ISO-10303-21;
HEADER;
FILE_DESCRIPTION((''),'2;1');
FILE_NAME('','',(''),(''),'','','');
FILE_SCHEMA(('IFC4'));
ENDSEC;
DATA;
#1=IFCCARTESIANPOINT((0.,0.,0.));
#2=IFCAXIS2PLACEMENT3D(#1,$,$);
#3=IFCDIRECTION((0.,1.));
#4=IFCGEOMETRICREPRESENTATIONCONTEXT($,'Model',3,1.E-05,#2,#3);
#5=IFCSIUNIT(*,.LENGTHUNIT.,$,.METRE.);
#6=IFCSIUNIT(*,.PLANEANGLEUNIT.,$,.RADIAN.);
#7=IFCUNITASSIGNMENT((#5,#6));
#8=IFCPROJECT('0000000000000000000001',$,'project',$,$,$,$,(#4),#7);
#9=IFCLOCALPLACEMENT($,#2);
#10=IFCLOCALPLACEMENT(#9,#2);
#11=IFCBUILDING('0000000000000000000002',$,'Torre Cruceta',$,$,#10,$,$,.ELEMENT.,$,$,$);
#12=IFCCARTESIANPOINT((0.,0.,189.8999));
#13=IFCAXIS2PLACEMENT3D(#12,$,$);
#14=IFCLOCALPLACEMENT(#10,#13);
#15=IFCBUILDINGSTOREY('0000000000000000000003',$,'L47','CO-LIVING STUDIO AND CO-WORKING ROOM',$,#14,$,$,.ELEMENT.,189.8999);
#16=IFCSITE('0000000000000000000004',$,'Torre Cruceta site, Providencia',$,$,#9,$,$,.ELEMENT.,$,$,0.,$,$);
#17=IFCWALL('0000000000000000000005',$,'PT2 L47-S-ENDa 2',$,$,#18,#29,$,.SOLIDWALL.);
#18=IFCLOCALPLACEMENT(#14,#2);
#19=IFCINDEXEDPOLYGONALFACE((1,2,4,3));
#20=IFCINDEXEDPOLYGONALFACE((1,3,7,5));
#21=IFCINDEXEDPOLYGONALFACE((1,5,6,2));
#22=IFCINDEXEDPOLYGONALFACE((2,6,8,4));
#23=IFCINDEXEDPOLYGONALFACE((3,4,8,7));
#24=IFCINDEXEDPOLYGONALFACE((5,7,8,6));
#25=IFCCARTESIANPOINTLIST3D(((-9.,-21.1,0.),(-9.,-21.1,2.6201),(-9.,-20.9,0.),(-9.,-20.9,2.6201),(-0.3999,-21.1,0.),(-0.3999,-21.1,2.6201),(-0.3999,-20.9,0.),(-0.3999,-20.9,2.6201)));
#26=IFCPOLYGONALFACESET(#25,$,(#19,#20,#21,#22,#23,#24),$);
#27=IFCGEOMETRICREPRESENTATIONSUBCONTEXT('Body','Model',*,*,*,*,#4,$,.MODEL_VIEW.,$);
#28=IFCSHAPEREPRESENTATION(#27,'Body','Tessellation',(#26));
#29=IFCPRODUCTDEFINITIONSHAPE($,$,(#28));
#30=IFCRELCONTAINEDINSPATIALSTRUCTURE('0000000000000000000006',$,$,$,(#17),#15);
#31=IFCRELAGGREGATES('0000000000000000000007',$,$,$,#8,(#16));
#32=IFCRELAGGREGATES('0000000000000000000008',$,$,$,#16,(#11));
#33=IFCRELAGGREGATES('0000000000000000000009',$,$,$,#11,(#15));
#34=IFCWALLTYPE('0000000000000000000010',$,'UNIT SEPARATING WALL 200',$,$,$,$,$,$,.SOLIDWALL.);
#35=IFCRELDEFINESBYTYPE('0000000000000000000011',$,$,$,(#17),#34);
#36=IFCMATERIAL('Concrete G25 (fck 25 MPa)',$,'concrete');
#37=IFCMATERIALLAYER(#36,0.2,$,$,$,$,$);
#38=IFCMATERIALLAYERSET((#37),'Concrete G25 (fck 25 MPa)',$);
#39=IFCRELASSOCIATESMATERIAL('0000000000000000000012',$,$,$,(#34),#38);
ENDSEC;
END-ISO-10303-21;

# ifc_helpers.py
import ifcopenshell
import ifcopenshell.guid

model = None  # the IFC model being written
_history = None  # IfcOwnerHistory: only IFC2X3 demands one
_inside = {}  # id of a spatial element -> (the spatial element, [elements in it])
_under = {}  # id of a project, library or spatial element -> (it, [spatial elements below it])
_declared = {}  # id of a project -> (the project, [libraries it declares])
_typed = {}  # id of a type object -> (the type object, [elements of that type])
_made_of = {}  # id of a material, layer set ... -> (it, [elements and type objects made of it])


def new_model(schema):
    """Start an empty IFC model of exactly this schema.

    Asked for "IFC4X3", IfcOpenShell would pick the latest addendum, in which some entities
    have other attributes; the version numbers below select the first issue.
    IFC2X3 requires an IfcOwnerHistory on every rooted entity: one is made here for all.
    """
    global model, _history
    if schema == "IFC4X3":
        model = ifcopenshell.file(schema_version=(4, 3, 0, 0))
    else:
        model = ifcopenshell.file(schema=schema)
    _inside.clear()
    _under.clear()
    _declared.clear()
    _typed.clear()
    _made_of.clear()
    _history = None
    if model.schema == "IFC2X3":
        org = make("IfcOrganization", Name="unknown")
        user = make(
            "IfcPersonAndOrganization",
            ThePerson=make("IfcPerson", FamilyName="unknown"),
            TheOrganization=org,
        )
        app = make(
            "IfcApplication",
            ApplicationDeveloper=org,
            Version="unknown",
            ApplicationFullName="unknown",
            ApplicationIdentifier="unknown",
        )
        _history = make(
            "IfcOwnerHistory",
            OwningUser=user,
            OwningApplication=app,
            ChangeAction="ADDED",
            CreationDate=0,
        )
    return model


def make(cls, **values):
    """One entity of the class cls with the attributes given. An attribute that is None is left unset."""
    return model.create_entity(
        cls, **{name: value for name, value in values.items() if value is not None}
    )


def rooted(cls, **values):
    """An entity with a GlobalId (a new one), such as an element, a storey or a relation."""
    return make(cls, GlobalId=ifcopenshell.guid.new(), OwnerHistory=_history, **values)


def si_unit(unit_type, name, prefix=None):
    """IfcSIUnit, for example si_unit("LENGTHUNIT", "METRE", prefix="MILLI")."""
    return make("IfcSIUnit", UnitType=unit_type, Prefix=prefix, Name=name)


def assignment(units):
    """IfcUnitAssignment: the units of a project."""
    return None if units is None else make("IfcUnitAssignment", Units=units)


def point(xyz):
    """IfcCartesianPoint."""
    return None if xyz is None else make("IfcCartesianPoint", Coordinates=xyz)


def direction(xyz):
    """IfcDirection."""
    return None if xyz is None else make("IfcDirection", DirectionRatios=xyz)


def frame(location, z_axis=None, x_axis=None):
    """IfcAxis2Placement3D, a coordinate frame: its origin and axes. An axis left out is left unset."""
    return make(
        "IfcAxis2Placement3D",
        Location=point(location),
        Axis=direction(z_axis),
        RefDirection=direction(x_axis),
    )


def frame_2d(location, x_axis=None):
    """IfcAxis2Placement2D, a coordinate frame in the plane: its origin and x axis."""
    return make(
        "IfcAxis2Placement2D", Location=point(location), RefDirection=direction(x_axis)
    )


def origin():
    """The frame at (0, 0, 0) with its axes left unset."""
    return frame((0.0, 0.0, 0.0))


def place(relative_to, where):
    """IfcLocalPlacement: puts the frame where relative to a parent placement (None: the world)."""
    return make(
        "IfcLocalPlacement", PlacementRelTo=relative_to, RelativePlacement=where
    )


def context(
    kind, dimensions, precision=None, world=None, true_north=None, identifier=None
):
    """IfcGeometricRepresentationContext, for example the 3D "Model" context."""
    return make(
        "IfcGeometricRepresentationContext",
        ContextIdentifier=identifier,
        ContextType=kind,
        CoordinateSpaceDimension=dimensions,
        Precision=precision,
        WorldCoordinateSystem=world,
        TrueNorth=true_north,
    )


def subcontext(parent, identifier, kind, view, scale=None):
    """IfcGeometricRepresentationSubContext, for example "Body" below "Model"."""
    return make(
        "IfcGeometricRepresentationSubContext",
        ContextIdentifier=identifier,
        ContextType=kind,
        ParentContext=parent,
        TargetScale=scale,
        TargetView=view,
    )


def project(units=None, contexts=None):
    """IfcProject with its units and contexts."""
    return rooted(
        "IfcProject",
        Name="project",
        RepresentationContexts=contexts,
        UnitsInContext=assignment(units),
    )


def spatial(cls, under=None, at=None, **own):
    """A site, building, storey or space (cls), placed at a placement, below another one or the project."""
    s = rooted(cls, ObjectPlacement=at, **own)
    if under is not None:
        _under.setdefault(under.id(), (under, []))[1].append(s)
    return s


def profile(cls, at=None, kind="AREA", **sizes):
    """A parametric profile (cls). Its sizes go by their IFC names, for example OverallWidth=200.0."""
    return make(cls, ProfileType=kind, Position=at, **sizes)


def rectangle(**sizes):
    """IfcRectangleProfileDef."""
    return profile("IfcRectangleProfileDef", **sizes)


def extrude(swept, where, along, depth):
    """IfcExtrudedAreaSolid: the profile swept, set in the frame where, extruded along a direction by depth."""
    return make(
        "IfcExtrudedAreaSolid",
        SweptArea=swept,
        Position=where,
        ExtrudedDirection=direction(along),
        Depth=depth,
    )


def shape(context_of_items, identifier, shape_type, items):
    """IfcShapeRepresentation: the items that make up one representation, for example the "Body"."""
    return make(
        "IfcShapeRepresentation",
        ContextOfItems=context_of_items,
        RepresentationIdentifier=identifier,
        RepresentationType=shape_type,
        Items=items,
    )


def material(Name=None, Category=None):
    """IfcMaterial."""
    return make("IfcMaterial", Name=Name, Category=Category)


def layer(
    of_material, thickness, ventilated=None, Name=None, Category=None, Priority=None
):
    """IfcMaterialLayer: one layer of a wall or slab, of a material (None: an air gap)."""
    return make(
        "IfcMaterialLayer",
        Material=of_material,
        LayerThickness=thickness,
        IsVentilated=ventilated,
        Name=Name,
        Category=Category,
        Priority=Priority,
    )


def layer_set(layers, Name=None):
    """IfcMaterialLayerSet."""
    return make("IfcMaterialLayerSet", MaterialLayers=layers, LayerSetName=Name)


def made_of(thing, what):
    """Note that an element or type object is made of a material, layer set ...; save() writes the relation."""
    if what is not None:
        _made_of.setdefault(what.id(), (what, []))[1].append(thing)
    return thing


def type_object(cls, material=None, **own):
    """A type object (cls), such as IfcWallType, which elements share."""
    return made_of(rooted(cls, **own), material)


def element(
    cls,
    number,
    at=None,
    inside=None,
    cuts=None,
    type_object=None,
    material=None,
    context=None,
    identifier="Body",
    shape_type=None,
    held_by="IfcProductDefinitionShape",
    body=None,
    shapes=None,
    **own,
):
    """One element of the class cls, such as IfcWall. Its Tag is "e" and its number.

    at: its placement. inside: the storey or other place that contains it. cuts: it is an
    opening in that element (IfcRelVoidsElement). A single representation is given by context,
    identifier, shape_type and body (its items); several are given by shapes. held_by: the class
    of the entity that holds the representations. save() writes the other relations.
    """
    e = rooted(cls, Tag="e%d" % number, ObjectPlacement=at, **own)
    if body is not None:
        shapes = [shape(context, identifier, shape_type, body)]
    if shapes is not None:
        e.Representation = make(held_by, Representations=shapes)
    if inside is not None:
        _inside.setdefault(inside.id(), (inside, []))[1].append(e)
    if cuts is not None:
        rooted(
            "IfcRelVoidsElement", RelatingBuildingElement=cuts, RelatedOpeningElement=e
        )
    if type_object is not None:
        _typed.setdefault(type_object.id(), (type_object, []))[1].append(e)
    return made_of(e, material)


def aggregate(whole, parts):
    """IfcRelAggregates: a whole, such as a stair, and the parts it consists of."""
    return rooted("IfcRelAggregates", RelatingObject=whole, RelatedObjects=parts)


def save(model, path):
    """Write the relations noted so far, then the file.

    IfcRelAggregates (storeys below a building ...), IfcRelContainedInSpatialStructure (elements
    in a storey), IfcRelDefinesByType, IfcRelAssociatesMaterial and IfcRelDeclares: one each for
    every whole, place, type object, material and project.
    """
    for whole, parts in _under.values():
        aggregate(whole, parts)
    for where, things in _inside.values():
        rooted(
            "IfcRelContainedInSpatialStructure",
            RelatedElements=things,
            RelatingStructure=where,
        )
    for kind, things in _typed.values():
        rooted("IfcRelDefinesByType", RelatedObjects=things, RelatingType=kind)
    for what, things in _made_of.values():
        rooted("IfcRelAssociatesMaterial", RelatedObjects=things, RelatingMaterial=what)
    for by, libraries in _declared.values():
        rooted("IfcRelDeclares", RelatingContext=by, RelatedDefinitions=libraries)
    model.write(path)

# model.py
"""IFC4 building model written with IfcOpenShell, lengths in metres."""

from ifc_helpers import new_model, si_unit, direction, frame, frame_2d, origin, place, context, subcontext, project, spatial, rectangle, extrude, material, layer, layer_set, type_object, element, save


model = new_model("IFC4")

# Units and contexts
model_context = context("Model", 3, precision=1e-05, world=origin(), true_north=direction((0.0, 1.0)))
body_context = subcontext(model_context, "Body", "Model", "MODEL_VIEW")
ifc_project = project(units=[si_unit("LENGTHUNIT", "METRE"), si_unit("PLANEANGLEUNIT", "RADIAN")], contexts=[model_context])

# Site, building, storey
site_placement = place(None, origin())
site = spatial("IfcSite", under=ifc_project, at=site_placement, Name="Torre Cruceta site, Providencia", CompositionType="ELEMENT", RefElevation=0.0)
building_placement = place(site_placement, origin())
building = spatial("IfcBuilding", under=site, at=building_placement, Name="Torre Cruceta", CompositionType="ELEMENT")
storey_placement = place(building_placement, frame((0.0, 0.0, 189.8999)))
storey = spatial("IfcBuildingStorey", under=building, at=storey_placement, Name="L47", Description="CO-LIVING STUDIO AND CO-WORKING ROOM", CompositionType="ELEMENT", Elevation=189.8999)

# Wall
ifc_material_1 = material(Name="Concrete G25 (fck 25 MPa)", Category="concrete")
ifc_layer_1 = layer(ifc_material_1, 0.2)
ifc_layer_set_1 = layer_set([ifc_layer_1], Name="Concrete G25 (fck 25 MPa)")
wall_type_1 = type_object("IfcWallType", Name="UNIT SEPARATING WALL 200", PredefinedType="SOLIDWALL", material=ifc_layer_set_1)
wall_1_placement = place(storey_placement, frame((-9.0, -21.0, 0.0), z_axis=(0.0, 0.0, 1.0), x_axis=(1.0, 0.0, 0.0)))
element("IfcWall", 1, at=wall_1_placement, inside=storey, type_object=wall_type_1, Name="PT2 L47-S-ENDa 2", PredefinedType="SOLIDWALL", context=body_context, shape_type="SweptSolid", body=[
    extrude(rectangle(XDim=8.6001, YDim=0.2, at=frame_2d((4.3, 0.0))), origin(), (0.0, 0.0, 1.0), 2.6201),
])

save(model, "model.ifc")
